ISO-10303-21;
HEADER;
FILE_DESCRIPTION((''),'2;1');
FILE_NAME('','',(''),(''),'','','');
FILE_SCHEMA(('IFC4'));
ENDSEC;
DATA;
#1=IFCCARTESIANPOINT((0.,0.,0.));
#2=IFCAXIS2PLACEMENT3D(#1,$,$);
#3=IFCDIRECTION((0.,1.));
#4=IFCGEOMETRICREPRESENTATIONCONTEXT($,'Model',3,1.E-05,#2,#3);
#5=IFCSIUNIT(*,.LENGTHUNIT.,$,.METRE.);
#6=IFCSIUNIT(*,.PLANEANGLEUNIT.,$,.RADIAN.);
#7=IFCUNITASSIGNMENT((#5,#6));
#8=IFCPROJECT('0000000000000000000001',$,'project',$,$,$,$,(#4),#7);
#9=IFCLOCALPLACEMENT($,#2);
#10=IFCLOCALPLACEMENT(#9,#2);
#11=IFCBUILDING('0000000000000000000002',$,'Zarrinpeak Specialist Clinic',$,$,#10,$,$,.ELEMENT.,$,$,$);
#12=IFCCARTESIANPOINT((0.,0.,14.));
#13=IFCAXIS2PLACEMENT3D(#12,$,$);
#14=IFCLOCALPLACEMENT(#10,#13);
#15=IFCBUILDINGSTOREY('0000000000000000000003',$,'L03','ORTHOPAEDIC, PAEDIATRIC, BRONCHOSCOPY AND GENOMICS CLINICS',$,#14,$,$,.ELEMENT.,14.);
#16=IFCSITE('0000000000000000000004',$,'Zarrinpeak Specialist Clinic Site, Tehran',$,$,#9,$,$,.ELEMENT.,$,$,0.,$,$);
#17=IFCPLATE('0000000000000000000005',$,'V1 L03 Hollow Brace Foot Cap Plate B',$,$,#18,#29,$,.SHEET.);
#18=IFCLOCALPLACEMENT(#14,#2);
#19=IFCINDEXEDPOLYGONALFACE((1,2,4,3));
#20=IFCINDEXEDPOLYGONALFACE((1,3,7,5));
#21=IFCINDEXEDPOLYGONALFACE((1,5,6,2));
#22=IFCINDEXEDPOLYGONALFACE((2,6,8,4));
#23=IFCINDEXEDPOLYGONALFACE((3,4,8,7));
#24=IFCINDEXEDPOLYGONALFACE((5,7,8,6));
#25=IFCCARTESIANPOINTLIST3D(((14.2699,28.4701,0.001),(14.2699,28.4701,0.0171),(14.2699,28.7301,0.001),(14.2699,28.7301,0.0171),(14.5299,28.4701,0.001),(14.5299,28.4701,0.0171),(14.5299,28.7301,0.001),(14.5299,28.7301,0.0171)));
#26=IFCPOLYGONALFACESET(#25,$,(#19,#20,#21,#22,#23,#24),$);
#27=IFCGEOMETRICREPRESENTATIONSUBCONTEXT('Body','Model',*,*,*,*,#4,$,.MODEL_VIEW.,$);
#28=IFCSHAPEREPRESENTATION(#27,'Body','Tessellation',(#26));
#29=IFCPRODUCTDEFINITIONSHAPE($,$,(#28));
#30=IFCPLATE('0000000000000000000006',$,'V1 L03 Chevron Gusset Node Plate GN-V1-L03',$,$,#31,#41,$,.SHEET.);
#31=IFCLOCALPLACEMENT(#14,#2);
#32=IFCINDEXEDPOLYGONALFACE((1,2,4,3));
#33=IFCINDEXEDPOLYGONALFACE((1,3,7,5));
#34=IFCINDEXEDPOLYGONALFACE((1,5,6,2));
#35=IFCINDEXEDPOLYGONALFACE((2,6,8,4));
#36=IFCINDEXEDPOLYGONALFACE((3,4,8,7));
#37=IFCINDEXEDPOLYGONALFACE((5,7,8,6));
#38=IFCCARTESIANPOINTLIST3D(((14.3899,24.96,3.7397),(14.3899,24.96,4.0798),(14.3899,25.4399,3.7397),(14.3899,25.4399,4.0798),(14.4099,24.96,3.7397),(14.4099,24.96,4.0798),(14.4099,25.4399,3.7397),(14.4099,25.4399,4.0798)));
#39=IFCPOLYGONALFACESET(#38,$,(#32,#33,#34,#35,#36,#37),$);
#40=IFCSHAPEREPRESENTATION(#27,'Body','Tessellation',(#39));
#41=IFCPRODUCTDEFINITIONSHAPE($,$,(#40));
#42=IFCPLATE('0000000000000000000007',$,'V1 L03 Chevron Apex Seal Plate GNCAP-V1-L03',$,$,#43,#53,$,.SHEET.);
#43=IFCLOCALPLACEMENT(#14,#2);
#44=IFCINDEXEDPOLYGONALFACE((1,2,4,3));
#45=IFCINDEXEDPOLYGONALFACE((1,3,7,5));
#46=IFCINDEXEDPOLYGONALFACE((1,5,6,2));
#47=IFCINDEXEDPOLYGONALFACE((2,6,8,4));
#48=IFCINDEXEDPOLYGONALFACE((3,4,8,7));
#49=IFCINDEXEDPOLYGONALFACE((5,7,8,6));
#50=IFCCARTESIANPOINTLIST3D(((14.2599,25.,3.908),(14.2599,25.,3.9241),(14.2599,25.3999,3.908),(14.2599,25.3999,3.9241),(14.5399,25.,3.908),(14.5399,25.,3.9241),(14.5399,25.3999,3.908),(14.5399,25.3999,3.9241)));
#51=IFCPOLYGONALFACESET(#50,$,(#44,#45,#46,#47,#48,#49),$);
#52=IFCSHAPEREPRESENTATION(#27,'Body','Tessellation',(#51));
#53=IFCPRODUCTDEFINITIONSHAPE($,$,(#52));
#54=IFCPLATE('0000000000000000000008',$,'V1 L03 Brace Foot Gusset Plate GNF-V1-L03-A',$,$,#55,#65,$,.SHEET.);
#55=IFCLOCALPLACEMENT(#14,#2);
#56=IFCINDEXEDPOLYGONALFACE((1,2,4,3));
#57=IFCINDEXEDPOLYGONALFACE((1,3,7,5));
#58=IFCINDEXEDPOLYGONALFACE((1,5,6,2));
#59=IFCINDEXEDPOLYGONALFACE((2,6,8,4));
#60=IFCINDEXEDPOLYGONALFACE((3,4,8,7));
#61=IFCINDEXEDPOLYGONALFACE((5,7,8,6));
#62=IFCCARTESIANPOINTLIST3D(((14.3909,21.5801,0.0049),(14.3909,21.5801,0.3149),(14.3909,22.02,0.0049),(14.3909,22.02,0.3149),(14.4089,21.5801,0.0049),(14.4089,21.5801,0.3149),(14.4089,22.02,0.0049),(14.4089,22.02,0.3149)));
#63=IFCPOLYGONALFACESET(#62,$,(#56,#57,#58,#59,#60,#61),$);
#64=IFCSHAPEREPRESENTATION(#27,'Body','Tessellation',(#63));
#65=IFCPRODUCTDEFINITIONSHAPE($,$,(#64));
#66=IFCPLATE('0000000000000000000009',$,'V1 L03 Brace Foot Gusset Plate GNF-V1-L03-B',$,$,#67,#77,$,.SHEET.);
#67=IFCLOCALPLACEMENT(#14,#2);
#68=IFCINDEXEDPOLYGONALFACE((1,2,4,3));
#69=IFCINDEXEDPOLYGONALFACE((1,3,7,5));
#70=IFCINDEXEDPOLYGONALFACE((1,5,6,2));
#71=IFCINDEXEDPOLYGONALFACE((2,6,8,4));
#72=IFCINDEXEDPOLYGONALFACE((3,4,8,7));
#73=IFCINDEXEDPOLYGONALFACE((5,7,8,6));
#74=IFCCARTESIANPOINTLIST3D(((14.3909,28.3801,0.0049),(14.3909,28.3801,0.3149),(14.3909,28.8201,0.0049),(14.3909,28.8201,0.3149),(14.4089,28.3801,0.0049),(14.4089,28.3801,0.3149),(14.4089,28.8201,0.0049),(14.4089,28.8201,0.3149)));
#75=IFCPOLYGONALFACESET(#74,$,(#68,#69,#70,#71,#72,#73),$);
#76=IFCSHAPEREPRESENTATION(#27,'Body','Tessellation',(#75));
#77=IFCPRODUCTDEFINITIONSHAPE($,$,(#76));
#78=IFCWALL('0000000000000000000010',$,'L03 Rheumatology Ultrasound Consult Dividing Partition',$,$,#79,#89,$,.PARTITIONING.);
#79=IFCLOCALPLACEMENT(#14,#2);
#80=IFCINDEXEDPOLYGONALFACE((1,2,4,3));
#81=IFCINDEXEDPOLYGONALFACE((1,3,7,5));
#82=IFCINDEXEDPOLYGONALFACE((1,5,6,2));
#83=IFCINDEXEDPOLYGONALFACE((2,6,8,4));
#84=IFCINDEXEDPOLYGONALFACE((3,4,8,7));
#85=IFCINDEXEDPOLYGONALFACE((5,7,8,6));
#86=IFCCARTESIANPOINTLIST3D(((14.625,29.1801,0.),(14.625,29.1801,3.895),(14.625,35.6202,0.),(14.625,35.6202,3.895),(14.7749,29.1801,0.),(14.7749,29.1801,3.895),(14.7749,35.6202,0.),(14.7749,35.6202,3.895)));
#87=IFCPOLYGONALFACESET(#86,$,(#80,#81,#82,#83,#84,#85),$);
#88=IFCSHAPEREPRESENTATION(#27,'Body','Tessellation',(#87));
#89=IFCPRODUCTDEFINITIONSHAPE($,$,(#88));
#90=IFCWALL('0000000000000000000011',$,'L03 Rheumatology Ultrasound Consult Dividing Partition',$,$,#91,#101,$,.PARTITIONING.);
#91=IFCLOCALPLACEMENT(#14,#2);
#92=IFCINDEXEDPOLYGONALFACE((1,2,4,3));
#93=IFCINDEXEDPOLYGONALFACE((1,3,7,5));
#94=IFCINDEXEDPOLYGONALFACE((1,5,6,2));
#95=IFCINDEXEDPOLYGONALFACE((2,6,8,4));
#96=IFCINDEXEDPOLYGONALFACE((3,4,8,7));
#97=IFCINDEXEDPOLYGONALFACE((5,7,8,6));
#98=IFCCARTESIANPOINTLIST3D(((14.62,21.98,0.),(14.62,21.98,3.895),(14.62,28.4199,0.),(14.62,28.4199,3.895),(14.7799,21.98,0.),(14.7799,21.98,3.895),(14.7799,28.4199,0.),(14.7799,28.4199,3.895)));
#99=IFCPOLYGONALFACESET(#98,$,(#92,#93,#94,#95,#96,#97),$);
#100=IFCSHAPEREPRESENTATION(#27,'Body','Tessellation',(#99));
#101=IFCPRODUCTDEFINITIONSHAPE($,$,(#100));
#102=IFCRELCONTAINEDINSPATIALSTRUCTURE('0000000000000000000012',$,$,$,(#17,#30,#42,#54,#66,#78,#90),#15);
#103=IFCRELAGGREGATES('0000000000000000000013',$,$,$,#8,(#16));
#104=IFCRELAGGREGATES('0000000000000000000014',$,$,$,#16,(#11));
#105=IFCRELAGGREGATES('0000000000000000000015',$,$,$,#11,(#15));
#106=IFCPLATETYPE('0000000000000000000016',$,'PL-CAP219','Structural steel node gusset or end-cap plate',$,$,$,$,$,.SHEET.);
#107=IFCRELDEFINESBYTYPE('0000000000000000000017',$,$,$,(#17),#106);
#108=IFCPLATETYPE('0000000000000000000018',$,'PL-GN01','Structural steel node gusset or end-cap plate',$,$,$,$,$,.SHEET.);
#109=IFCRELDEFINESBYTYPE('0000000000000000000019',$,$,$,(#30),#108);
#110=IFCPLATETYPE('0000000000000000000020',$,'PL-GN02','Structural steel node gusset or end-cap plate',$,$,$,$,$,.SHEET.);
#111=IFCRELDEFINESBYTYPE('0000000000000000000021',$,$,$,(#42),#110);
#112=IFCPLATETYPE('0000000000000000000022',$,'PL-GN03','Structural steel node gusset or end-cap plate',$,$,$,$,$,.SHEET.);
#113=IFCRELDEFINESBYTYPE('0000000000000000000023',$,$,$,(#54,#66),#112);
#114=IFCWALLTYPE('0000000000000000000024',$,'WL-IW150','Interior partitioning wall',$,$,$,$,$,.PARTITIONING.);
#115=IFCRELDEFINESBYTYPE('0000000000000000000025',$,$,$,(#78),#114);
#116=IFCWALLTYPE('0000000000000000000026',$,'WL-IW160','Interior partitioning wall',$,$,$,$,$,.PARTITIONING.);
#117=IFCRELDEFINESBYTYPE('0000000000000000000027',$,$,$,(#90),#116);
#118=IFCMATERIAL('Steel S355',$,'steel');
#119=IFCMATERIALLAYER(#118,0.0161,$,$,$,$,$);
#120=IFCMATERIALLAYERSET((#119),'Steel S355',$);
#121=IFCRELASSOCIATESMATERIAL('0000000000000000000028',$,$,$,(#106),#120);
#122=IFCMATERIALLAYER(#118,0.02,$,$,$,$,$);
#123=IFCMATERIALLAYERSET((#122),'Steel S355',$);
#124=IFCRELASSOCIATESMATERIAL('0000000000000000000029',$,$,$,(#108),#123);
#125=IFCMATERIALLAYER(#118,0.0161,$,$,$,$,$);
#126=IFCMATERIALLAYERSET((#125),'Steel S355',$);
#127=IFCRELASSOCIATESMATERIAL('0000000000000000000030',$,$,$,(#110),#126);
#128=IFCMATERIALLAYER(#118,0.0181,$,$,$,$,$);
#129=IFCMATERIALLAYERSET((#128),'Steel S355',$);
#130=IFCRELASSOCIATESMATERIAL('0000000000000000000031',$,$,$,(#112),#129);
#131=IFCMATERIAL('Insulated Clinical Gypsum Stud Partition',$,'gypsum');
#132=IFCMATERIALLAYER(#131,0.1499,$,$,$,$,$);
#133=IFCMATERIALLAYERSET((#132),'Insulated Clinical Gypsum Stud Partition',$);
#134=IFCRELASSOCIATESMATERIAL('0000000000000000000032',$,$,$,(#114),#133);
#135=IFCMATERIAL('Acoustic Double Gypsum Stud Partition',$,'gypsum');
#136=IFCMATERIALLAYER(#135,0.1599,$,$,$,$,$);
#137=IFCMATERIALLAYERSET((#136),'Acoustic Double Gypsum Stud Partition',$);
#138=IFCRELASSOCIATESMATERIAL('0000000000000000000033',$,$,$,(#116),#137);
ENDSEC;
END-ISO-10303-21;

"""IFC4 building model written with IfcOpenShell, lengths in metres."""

from ifc_helpers import new_model, si_unit, direction, frame, frame_2d, origin, origin_2d, place, context, subcontext, project, spatial, rectangle, extrude, material, layer, layer_set, type_object, element, save


model = new_model("IFC4")

# Units and contexts
model_context = context("Model", 3, precision=1e-05, world=origin(), true_north=direction((0.0, 1.0)))
body_context = subcontext(model_context, "Body", "Model", "MODEL_VIEW")
ifc_project = project(units=[si_unit("LENGTHUNIT", "METRE"), si_unit("PLANEANGLEUNIT", "RADIAN")], contexts=[model_context])

# Site, building, storey
site_placement = place(None, origin())
site = spatial("IfcSite", under=ifc_project, at=site_placement, Name="Zarrinpeak Specialist Clinic Site, Tehran", CompositionType="ELEMENT", RefElevation=0.0)
building_placement = place(site_placement, origin())
building = spatial("IfcBuilding", under=site, at=building_placement, Name="Zarrinpeak Specialist Clinic", CompositionType="ELEMENT")
storey_placement = place(building_placement, frame((0.0, 0.0, 14.0)))
storey = spatial("IfcBuildingStorey", under=building, at=storey_placement, Name="L03", Description="ORTHOPAEDIC, PAEDIATRIC, BRONCHOSCOPY AND GENOMICS CLINICS", CompositionType="ELEMENT", Elevation=14.0)

# Shared definitions
ifc_material_1 = material(Name="Steel S355", Category="steel")

# Plates
ifc_layer_1 = layer(ifc_material_1, 0.0161)
ifc_layer_set_1 = layer_set([ifc_layer_1], Name="Steel S355")
plate_type_1 = type_object("IfcPlateType", Name="PL-CAP219", Description="Structural steel node gusset or end-cap plate", PredefinedType="SHEET", material=ifc_layer_set_1)
plate_1_placement = place(storey_placement, frame((14.3999, 28.6001, 0.001), z_axis=(0.0, 0.0, 1.0), x_axis=(1.0, 0.0, 0.0)))
element("IfcPlate", 1, at=plate_1_placement, inside=storey, type_object=plate_type_1, Name="V1 L03 Hollow Brace Foot Cap Plate B", PredefinedType="SHEET", context=body_context, shape_type="SweptSolid", body=[
    extrude(rectangle(XDim=0.26, YDim=0.26, at=origin_2d()), origin(), (0.0, 0.0, 1.0), 0.0161),
])
ifc_layer_2 = layer(ifc_material_1, 0.02)
ifc_layer_set_2 = layer_set([ifc_layer_2], Name="Steel S355")
plate_type_2 = type_object("IfcPlateType", Name="PL-GN01", Description="Structural steel node gusset or end-cap plate", PredefinedType="SHEET", material=ifc_layer_set_2)
plate_2_placement = place(storey_placement, frame((14.3999, 25.2, 3.7397), z_axis=(0.0, 0.0, 1.0), x_axis=(1.0, 0.0, 0.0)))
element("IfcPlate", 2, at=plate_2_placement, inside=storey, type_object=plate_type_2, Name="V1 L03 Chevron Gusset Node Plate GN-V1-L03", PredefinedType="SHEET", context=body_context, shape_type="SweptSolid", body=[
    extrude(rectangle(XDim=0.02, YDim=0.48, at=origin_2d()), origin(), (0.0, 0.0, 1.0), 0.3401),
])
ifc_layer_3 = layer(ifc_material_1, 0.0161)
ifc_layer_set_3 = layer_set([ifc_layer_3], Name="Steel S355")
plate_type_3 = type_object("IfcPlateType", Name="PL-GN02", Description="Structural steel node gusset or end-cap plate", PredefinedType="SHEET", material=ifc_layer_set_3)
plate_3_placement = place(storey_placement, frame((14.3999, 25.2, 3.908), z_axis=(0.0, 0.0, 1.0), x_axis=(1.0, 0.0, 0.0)))
element("IfcPlate", 3, at=plate_3_placement, inside=storey, type_object=plate_type_3, Name="V1 L03 Chevron Apex Seal Plate GNCAP-V1-L03", PredefinedType="SHEET", context=body_context, shape_type="SweptSolid", body=[
    extrude(rectangle(XDim=0.28, YDim=0.3999, at=origin_2d()), origin(), (0.0, 0.0, 1.0), 0.0161),
])
ifc_layer_4 = layer(ifc_material_1, 0.0181)
ifc_layer_set_4 = layer_set([ifc_layer_4], Name="Steel S355")
plate_type_4 = type_object("IfcPlateType", Name="PL-GN03", Description="Structural steel node gusset or end-cap plate", PredefinedType="SHEET", material=ifc_layer_set_4)
for number, where, z_axis, x_axis, name in (
    (4, (14.3999, 21.8, 0.0049), (0.0, 0.0, 1.0), (1.0, 0.0, 0.0), "V1 L03 Brace Foot Gusset Plate GNF-V1-L03-A"),
    (5, (14.3999, 28.6001, 0.0049), (0.0, 0.0, 1.0), (1.0, 0.0, 0.0), "V1 L03 Brace Foot Gusset Plate GNF-V1-L03-B"),
):
    element("IfcPlate", number, at=place(storey_placement, frame(where, z_axis=z_axis, x_axis=x_axis)), inside=storey, type_object=plate_type_4, Name=name, PredefinedType="SHEET", context=body_context, shape_type="SweptSolid", body=[
        extrude(rectangle(XDim=0.0181, YDim=0.4399, at=origin_2d()), origin(), (0.0, 0.0, 1.0), 0.3101),
    ])

# Walls
ifc_material_2 = material(Name="Insulated Clinical Gypsum Stud Partition", Category="gypsum")
ifc_layer_5 = layer(ifc_material_2, 0.1499)
ifc_layer_set_5 = layer_set([ifc_layer_5], Name="Insulated Clinical Gypsum Stud Partition")
wall_type_1 = type_object("IfcWallType", Name="WL-IW150", Description="Interior partitioning wall", PredefinedType="PARTITIONING", material=ifc_layer_set_5)
wall_1_placement = place(storey_placement, frame((14.7, 29.1799, 0.0), z_axis=(0.0, 0.0, 1.0), x_axis=(0.0, 1.0, 0.0)))
element("IfcWall", 6, at=wall_1_placement, inside=storey, type_object=wall_type_1, Name="L03 Rheumatology Ultrasound Consult Dividing Partition", PredefinedType="PARTITIONING", context=body_context, shape_type="SweptSolid", body=[
    extrude(rectangle(XDim=6.4402, YDim=0.1499, at=frame_2d((3.2202, 0.0))), origin(), (0.0, 0.0, 1.0), 3.895),
])
ifc_material_3 = material(Name="Acoustic Double Gypsum Stud Partition", Category="gypsum")
ifc_layer_6 = layer(ifc_material_3, 0.1599)
ifc_layer_set_6 = layer_set([ifc_layer_6], Name="Acoustic Double Gypsum Stud Partition")
wall_type_2 = type_object("IfcWallType", Name="WL-IW160", Description="Interior partitioning wall", PredefinedType="PARTITIONING", material=ifc_layer_set_6)
wall_2_placement = place(storey_placement, frame((14.7, 21.98, 0.0), z_axis=(0.0, 0.0, 1.0), x_axis=(0.0, 1.0, 0.0)))
element("IfcWall", 7, at=wall_2_placement, inside=storey, type_object=wall_type_2, Name="L03 Rheumatology Ultrasound Consult Dividing Partition", PredefinedType="PARTITIONING", context=body_context, shape_type="SweptSolid", body=[
    extrude(rectangle(XDim=6.4399, YDim=0.1599, at=frame_2d((3.22, 0.0))), origin(), (0.0, 0.0, 1.0), 3.895),
])

save(model, "model.ifc")
